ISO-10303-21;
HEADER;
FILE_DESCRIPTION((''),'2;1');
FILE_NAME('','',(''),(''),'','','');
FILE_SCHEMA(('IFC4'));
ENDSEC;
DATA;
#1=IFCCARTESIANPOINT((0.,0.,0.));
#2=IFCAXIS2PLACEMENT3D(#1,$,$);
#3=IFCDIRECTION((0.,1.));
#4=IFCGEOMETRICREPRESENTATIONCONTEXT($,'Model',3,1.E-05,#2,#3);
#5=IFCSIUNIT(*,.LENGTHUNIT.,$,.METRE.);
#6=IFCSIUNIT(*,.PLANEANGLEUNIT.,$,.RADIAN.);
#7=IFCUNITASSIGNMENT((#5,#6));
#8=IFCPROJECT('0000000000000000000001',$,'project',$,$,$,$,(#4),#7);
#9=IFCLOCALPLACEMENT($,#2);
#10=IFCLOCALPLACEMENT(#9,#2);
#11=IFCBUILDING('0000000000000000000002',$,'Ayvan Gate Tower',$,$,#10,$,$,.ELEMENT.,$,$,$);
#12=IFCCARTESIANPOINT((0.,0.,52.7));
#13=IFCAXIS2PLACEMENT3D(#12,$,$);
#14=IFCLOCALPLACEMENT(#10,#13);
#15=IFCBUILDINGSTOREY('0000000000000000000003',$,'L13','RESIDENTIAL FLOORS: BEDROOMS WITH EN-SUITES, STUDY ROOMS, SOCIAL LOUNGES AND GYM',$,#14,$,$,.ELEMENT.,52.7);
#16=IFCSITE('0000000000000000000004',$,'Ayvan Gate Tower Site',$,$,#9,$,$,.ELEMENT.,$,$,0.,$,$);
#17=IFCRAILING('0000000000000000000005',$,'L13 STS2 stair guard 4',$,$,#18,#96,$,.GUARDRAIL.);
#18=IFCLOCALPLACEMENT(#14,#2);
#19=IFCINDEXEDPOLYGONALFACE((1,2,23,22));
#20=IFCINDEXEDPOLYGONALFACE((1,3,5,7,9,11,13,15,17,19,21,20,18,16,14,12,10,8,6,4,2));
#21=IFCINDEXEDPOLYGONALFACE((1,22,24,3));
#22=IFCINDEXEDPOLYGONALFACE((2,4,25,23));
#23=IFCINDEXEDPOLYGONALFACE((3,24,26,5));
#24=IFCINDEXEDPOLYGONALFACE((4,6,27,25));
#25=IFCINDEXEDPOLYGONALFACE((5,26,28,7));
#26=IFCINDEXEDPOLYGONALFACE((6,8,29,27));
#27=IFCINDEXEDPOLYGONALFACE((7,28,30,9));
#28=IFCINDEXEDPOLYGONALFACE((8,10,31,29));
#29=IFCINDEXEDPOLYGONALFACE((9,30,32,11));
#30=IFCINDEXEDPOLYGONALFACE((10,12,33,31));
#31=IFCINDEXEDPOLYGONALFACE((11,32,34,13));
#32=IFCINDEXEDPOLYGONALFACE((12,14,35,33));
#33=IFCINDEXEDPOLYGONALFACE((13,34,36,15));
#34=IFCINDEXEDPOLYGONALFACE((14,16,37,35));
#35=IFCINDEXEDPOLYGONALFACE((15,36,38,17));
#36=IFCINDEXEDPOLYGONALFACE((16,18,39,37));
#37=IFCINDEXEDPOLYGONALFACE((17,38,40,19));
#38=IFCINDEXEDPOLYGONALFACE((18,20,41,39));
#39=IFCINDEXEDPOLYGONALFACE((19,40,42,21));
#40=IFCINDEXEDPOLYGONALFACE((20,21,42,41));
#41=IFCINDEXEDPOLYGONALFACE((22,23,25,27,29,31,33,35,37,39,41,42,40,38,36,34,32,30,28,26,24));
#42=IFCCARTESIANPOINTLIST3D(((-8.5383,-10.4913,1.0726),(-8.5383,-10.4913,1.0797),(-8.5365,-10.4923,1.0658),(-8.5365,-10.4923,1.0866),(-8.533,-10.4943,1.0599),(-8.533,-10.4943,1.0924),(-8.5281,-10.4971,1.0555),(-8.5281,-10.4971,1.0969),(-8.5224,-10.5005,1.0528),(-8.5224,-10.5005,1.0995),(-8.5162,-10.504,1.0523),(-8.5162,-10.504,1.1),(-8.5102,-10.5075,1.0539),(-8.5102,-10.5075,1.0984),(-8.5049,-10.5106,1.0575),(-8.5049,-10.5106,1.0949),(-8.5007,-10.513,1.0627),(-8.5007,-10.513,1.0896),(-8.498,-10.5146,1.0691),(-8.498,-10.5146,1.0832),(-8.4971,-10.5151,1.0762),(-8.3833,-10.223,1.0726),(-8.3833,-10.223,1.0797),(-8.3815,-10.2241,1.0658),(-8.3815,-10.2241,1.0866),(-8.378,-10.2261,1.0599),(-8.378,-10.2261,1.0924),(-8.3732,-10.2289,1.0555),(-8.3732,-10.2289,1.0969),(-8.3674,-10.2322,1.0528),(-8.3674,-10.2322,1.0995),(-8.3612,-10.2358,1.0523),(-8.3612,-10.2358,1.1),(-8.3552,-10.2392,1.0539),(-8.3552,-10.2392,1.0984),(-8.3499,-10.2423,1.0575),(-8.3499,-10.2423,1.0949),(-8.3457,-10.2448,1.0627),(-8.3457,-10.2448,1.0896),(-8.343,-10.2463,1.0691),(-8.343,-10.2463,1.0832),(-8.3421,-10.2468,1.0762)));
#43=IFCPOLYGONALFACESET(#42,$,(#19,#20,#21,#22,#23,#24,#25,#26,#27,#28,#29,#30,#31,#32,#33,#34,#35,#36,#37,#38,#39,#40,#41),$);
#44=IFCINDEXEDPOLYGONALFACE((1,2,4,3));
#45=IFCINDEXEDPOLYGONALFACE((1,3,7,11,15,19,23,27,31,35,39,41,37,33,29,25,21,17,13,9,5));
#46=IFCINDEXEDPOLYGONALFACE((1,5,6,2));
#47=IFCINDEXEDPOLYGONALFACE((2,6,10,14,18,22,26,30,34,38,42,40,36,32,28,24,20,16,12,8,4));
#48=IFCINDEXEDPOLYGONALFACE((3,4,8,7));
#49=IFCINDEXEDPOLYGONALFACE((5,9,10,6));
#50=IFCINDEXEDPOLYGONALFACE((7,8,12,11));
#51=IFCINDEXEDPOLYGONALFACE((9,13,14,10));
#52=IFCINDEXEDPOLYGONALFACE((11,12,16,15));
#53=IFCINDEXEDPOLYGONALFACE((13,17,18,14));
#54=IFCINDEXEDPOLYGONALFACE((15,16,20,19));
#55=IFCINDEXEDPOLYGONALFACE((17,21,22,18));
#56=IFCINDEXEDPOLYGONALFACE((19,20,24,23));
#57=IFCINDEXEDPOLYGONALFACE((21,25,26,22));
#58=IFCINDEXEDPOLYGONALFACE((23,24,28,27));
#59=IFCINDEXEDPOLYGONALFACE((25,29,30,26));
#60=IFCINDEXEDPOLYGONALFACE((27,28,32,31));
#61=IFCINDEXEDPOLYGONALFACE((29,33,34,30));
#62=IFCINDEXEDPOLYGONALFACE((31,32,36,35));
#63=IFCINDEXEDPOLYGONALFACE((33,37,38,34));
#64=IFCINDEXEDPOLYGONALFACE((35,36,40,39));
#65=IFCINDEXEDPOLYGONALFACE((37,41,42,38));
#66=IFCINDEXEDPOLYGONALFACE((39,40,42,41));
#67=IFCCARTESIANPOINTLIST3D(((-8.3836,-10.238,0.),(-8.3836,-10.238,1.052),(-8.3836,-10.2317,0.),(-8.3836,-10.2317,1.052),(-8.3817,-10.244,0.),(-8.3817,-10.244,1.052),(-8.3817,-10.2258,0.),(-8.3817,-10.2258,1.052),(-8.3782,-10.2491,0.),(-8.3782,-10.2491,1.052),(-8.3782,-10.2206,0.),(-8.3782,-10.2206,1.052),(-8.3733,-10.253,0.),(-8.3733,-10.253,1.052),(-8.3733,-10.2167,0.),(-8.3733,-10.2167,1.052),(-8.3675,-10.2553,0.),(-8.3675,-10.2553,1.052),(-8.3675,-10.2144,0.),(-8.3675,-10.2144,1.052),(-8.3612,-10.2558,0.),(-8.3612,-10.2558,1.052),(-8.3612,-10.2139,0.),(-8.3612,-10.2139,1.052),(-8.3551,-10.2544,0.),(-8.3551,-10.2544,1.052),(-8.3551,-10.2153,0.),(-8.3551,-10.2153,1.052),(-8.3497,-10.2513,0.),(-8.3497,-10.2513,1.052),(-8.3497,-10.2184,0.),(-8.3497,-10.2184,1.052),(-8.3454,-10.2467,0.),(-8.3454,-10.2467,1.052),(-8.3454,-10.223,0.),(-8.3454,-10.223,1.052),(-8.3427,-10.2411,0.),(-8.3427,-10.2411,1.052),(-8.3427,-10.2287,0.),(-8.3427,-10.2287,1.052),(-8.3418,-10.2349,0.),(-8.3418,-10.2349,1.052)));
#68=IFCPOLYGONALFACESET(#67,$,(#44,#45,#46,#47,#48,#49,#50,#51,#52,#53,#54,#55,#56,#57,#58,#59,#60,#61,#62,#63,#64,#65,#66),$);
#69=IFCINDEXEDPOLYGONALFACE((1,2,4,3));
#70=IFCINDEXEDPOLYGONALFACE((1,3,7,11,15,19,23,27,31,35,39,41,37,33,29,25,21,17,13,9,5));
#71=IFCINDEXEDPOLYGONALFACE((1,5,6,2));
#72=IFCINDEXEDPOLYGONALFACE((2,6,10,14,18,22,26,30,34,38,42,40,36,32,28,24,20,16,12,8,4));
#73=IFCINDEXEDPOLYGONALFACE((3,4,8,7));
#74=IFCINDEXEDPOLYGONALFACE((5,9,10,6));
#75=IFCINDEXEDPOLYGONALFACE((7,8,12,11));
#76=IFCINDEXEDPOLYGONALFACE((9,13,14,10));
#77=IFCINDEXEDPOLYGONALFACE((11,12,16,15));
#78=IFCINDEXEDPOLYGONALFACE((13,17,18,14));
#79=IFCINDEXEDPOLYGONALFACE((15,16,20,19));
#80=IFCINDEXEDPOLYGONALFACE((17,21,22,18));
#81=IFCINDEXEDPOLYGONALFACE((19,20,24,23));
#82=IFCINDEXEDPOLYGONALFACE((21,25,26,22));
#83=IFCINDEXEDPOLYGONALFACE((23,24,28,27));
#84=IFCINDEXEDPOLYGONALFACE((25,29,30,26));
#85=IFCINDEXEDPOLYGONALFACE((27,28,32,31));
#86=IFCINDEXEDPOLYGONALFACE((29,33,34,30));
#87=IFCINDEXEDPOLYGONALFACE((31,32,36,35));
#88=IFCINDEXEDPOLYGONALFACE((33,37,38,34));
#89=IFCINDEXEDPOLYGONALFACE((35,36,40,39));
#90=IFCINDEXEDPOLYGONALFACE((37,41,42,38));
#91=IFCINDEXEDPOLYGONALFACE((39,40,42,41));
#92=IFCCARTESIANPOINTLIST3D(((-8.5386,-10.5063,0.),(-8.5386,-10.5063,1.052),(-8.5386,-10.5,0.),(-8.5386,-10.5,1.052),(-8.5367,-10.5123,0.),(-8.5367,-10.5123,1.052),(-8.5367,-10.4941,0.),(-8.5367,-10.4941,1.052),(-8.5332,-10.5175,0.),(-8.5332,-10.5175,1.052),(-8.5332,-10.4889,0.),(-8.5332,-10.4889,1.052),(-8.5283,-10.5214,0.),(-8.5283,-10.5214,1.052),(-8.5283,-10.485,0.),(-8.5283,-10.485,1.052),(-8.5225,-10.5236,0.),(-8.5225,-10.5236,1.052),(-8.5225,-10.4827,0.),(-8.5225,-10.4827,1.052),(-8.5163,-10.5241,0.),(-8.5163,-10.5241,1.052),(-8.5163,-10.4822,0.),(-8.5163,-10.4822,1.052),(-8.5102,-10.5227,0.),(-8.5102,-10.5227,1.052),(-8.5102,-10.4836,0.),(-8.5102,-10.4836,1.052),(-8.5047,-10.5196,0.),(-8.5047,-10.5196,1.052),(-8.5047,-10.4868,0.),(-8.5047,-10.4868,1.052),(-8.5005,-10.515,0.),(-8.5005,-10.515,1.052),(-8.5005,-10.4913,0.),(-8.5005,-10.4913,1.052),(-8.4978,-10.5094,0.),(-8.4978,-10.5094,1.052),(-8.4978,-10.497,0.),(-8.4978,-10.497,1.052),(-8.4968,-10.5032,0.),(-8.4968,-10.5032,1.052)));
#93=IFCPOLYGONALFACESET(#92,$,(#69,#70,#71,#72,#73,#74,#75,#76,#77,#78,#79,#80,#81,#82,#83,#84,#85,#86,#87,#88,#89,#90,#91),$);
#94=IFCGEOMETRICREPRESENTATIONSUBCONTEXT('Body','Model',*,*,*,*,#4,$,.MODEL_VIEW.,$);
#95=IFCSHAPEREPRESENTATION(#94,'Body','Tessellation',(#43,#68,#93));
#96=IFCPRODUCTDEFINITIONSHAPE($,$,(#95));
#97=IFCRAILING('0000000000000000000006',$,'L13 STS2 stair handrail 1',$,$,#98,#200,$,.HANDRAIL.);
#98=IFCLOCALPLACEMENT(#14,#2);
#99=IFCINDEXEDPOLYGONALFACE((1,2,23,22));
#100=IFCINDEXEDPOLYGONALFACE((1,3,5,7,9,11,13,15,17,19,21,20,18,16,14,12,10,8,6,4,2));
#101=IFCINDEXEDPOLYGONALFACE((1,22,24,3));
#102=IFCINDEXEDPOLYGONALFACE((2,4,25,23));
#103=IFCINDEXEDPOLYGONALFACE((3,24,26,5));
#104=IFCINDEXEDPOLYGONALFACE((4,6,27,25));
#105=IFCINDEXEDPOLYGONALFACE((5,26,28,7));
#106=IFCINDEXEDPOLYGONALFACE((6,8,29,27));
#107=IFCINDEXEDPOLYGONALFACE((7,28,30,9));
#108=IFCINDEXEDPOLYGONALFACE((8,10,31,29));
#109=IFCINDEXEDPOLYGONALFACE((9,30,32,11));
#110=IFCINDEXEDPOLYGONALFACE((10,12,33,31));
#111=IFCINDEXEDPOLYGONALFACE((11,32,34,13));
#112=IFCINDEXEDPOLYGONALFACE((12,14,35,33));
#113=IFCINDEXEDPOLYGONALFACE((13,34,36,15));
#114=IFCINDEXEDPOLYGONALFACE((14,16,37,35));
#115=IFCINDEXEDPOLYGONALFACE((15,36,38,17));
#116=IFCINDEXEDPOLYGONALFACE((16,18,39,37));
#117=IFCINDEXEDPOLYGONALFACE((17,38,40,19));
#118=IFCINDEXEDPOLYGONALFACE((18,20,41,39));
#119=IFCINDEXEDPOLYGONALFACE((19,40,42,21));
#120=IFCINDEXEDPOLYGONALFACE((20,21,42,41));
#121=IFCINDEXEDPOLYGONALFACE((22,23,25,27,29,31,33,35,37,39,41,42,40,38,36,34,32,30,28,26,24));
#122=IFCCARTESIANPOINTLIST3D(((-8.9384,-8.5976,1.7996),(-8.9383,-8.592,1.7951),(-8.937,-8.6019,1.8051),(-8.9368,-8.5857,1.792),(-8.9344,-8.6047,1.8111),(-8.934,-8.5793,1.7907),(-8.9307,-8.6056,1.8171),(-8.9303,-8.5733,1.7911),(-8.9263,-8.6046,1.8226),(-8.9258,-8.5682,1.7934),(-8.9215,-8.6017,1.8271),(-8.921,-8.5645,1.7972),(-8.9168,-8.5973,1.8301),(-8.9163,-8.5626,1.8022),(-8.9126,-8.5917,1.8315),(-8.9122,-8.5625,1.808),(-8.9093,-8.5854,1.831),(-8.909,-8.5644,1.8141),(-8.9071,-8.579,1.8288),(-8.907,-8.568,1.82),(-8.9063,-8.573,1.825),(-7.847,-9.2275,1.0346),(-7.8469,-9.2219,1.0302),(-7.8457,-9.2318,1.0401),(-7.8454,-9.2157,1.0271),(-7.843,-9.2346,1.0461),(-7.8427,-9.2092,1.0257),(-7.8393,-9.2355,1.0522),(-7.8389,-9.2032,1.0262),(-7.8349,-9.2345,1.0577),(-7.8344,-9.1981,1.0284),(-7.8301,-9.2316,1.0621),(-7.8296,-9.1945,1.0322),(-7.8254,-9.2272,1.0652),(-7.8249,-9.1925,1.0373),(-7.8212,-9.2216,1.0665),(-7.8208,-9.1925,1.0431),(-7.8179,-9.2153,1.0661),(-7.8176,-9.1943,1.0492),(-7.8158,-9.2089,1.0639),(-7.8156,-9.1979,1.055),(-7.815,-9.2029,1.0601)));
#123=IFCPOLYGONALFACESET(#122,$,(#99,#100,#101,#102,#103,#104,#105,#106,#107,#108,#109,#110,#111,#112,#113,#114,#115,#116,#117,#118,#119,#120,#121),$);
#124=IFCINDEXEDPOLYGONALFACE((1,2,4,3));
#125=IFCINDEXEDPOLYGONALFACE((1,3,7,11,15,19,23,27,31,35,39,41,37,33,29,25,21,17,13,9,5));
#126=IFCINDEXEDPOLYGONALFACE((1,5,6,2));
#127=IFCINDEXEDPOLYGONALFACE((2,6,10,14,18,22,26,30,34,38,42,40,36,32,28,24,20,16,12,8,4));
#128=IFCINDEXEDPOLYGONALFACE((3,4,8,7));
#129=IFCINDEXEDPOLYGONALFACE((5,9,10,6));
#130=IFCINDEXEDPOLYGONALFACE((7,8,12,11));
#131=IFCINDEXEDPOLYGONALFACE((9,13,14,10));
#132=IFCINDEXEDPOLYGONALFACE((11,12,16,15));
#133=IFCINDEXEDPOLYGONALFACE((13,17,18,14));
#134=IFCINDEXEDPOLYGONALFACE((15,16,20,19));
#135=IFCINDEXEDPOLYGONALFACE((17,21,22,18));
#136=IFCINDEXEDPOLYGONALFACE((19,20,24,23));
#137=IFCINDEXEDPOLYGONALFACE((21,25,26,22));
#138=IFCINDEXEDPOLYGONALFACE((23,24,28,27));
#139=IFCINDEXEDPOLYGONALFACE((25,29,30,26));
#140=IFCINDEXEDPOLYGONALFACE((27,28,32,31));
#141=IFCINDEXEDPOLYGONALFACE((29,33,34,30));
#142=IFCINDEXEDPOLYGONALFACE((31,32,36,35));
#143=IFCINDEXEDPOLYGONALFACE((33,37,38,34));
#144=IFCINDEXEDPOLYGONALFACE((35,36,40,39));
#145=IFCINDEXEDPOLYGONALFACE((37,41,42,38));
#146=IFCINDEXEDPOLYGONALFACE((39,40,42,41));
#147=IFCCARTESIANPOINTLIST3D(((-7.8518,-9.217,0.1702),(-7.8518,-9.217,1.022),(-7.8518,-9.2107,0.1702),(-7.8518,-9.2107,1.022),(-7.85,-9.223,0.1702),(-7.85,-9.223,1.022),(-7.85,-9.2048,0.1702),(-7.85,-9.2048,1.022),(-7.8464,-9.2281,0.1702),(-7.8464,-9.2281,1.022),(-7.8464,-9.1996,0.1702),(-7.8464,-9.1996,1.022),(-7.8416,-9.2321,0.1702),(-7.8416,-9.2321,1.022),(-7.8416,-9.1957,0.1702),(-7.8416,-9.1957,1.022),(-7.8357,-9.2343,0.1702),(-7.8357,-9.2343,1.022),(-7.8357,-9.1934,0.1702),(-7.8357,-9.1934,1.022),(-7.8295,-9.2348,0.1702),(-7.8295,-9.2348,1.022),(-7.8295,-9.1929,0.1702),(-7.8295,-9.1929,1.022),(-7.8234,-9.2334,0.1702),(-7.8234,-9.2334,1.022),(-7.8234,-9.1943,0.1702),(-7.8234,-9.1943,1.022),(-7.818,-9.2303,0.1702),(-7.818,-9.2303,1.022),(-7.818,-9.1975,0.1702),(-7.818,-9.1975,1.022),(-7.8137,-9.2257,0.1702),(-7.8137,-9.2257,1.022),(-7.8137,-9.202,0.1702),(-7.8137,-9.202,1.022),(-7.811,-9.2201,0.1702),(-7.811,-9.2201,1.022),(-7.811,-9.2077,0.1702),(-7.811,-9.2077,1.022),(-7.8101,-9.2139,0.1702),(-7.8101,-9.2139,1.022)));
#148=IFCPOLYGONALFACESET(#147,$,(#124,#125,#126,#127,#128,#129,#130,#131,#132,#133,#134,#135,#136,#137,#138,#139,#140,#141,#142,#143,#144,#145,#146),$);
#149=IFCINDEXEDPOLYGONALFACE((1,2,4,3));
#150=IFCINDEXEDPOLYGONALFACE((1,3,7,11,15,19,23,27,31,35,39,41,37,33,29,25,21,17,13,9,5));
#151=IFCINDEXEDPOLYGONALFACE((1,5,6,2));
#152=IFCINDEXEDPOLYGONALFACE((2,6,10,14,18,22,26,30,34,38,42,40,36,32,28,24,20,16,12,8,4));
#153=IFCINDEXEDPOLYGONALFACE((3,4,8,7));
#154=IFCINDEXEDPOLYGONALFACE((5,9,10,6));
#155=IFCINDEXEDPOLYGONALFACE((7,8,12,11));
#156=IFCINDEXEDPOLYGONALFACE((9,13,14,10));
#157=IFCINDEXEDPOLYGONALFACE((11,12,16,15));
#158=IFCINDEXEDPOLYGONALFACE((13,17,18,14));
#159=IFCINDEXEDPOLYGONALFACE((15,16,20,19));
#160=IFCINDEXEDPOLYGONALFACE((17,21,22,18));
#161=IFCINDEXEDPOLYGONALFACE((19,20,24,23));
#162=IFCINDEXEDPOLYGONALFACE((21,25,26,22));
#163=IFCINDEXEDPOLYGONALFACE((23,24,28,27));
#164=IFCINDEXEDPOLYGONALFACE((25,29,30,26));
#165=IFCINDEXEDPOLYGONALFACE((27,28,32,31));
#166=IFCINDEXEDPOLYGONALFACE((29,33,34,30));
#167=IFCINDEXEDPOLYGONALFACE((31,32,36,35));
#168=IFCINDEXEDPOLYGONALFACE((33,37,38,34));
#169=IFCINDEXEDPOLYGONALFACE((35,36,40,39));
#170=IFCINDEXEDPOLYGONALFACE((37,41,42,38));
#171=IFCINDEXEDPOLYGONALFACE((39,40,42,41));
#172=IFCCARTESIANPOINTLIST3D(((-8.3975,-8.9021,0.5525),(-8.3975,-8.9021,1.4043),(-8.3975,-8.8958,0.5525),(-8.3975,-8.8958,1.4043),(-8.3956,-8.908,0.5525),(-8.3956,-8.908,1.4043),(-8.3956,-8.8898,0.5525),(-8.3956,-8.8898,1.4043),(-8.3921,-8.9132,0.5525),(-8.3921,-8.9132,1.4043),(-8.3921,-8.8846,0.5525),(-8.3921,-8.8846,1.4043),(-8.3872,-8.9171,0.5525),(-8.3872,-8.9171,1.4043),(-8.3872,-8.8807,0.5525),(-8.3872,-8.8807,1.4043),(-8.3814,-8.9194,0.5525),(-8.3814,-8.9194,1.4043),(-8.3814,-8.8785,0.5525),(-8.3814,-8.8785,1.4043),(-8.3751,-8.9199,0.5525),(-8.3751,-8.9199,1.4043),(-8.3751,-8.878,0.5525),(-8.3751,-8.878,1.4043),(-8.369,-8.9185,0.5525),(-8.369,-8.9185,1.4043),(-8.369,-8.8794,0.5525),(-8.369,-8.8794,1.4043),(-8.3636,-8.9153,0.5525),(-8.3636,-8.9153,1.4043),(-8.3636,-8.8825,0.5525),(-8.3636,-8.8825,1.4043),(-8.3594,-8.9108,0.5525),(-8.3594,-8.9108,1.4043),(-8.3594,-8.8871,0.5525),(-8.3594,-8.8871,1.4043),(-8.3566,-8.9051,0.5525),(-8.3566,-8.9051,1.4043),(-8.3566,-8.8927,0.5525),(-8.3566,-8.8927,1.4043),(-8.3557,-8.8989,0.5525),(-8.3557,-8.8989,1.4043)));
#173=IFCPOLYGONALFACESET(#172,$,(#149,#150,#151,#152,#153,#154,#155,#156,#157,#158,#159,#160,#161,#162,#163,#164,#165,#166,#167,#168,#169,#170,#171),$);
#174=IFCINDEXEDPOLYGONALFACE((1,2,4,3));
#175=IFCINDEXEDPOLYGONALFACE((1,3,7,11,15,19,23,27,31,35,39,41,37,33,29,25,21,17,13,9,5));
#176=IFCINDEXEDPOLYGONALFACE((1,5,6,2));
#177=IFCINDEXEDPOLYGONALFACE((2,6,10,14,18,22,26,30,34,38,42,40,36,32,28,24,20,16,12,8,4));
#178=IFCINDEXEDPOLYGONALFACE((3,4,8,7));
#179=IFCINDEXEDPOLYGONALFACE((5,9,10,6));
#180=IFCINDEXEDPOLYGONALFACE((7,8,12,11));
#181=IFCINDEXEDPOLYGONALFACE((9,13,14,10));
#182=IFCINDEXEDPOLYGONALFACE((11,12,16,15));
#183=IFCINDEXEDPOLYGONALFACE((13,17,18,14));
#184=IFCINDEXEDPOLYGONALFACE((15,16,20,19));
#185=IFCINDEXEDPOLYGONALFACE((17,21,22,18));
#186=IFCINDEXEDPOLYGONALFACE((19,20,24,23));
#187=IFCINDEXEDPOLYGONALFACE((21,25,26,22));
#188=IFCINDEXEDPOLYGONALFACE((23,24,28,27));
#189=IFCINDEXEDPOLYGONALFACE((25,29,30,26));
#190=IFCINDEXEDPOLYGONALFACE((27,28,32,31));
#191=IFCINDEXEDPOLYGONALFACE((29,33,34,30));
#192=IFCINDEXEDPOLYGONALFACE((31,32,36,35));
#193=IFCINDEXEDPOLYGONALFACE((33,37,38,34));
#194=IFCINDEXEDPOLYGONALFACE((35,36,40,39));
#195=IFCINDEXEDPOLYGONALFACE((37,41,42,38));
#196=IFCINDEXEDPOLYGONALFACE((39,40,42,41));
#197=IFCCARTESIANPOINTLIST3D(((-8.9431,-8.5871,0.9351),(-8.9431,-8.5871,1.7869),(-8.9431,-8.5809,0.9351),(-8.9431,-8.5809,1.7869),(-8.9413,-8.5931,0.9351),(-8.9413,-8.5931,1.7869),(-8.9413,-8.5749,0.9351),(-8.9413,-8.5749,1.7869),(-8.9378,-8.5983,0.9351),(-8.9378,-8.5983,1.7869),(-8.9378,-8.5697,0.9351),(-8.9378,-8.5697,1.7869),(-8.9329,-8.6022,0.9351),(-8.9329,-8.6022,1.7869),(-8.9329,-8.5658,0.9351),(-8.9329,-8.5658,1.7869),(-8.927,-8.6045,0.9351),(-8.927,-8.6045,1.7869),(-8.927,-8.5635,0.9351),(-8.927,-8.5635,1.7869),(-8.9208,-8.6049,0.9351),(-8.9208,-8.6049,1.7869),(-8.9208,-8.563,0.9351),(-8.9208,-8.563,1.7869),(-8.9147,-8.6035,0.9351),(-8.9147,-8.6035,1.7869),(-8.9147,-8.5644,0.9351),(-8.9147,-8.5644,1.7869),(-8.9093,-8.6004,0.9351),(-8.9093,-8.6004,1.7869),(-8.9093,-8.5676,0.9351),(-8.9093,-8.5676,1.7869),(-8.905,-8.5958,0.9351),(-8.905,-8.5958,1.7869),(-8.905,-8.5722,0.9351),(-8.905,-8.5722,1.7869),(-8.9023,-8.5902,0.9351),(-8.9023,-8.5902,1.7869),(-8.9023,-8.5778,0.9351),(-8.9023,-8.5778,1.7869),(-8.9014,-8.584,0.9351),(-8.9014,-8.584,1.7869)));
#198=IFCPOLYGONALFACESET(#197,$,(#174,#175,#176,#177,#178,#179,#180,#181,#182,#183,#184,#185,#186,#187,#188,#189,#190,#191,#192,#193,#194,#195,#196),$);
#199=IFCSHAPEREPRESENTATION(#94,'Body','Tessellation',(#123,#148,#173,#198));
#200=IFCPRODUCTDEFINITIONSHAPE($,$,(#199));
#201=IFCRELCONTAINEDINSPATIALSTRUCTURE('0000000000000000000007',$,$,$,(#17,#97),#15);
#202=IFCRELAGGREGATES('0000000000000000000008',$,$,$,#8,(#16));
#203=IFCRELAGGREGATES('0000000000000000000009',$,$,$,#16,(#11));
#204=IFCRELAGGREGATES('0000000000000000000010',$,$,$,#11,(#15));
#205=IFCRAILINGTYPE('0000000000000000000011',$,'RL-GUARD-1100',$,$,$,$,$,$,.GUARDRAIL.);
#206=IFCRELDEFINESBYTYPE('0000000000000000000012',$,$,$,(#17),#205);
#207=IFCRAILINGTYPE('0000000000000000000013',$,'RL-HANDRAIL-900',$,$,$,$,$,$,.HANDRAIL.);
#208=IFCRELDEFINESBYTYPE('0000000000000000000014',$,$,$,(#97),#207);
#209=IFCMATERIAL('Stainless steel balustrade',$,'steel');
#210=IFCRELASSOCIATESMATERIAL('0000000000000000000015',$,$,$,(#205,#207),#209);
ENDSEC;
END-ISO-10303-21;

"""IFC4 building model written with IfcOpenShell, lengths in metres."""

from ifc_helpers import new_model, si_unit, direction, frame, origin, origin_2d, place, context, subcontext, project, spatial, circle, extrude, material, type_object, element, save


model = new_model("IFC4")

# Units and contexts
model_context = context("Model", 3, precision=1e-05, world=origin(), true_north=direction((0.0, 1.0)))
body_context = subcontext(model_context, "Body", "Model", "MODEL_VIEW")
ifc_project = project(units=[si_unit("LENGTHUNIT", "METRE"), si_unit("PLANEANGLEUNIT", "RADIAN")], contexts=[model_context])

# Site, building, storey
site_placement = place(None, origin())
site = spatial("IfcSite", under=ifc_project, at=site_placement, Name="Ayvan Gate Tower Site", CompositionType="ELEMENT", RefElevation=0.0)
building_placement = place(site_placement, origin())
building = spatial("IfcBuilding", under=site, at=building_placement, Name="Ayvan Gate Tower", CompositionType="ELEMENT")
storey_placement = place(building_placement, frame((0.0, 0.0, 52.7)))
storey = spatial("IfcBuildingStorey", under=building, at=storey_placement, Name="L13", Description="RESIDENTIAL FLOORS: BEDROOMS WITH EN-SUITES, STUDY ROOMS, SOCIAL LOUNGES AND GYM", CompositionType="ELEMENT", Elevation=52.7)

# Railings
ifc_material_1 = material(Name="Stainless steel balustrade", Category="steel")
railing_type_1 = type_object("IfcRailingType", Name="RL-GUARD-1100", PredefinedType="GUARDRAIL", material=ifc_material_1)
railing_1_placement = place(storey_placement, frame((-8.3628, -10.2349, 0.0)))
element("IfcRailing", 1, at=railing_1_placement, inside=storey, type_object=railing_type_1, Name="L13 STS2 stair guard 4", PredefinedType="GUARDRAIL", context=body_context, shape_type="SweptSolid", body=[
    extrude(circle(Radius=0.0239, at=origin_2d()), frame((0.0, 0.0, 1.0762), z_axis=(-0.500291, -0.865857, 0.0), x_axis=(0.865857, -0.500291, 0.0)), (0.0, 0.0, 1.0), 0.3098),
    extrude(circle(Radius=0.021, at=origin_2d()), origin(), (0.0, 0.0, 1.0), 1.052),
    extrude(circle(Radius=0.021, at=origin_2d()), frame((-0.155, -0.2683, 0.0)), (0.0, 0.0, 1.0), 1.052),
])
railing_type_2 = type_object("IfcRailingType", Name="RL-HANDRAIL-900", PredefinedType="HANDRAIL", material=ifc_material_1)
railing_2_placement = place(storey_placement, frame((-7.8311, -9.2139, 0.1702)))
element("IfcRailing", 2, at=railing_2_placement, inside=storey, type_object=railing_type_2, Name="L13 STS2 stair handrail 1", PredefinedType="HANDRAIL", context=body_context, shape_type="SweptSolid", body=[
    extrude(circle(Radius=0.0239, at=origin_2d()), frame((0.0, 0.0, 0.876), z_axis=(-0.740357, 0.42732, 0.518912), x_axis=(-0.49989, -0.866089, 0.0)), (0.0, 0.0, 1.0), 1.4741),
    extrude(circle(Radius=0.021, at=origin_2d()), origin(), (0.0, 0.0, 1.0), 0.8518),
    extrude(circle(Radius=0.021, at=origin_2d()), frame((-0.5457, 0.3149, 0.3823)), (0.0, 0.0, 1.0), 0.8518),
    extrude(circle(Radius=0.021, at=origin_2d()), frame((-1.0913, 0.6299, 0.7649)), (0.0, 0.0, 1.0), 0.8518),
])

save(model, "model.ifc")
